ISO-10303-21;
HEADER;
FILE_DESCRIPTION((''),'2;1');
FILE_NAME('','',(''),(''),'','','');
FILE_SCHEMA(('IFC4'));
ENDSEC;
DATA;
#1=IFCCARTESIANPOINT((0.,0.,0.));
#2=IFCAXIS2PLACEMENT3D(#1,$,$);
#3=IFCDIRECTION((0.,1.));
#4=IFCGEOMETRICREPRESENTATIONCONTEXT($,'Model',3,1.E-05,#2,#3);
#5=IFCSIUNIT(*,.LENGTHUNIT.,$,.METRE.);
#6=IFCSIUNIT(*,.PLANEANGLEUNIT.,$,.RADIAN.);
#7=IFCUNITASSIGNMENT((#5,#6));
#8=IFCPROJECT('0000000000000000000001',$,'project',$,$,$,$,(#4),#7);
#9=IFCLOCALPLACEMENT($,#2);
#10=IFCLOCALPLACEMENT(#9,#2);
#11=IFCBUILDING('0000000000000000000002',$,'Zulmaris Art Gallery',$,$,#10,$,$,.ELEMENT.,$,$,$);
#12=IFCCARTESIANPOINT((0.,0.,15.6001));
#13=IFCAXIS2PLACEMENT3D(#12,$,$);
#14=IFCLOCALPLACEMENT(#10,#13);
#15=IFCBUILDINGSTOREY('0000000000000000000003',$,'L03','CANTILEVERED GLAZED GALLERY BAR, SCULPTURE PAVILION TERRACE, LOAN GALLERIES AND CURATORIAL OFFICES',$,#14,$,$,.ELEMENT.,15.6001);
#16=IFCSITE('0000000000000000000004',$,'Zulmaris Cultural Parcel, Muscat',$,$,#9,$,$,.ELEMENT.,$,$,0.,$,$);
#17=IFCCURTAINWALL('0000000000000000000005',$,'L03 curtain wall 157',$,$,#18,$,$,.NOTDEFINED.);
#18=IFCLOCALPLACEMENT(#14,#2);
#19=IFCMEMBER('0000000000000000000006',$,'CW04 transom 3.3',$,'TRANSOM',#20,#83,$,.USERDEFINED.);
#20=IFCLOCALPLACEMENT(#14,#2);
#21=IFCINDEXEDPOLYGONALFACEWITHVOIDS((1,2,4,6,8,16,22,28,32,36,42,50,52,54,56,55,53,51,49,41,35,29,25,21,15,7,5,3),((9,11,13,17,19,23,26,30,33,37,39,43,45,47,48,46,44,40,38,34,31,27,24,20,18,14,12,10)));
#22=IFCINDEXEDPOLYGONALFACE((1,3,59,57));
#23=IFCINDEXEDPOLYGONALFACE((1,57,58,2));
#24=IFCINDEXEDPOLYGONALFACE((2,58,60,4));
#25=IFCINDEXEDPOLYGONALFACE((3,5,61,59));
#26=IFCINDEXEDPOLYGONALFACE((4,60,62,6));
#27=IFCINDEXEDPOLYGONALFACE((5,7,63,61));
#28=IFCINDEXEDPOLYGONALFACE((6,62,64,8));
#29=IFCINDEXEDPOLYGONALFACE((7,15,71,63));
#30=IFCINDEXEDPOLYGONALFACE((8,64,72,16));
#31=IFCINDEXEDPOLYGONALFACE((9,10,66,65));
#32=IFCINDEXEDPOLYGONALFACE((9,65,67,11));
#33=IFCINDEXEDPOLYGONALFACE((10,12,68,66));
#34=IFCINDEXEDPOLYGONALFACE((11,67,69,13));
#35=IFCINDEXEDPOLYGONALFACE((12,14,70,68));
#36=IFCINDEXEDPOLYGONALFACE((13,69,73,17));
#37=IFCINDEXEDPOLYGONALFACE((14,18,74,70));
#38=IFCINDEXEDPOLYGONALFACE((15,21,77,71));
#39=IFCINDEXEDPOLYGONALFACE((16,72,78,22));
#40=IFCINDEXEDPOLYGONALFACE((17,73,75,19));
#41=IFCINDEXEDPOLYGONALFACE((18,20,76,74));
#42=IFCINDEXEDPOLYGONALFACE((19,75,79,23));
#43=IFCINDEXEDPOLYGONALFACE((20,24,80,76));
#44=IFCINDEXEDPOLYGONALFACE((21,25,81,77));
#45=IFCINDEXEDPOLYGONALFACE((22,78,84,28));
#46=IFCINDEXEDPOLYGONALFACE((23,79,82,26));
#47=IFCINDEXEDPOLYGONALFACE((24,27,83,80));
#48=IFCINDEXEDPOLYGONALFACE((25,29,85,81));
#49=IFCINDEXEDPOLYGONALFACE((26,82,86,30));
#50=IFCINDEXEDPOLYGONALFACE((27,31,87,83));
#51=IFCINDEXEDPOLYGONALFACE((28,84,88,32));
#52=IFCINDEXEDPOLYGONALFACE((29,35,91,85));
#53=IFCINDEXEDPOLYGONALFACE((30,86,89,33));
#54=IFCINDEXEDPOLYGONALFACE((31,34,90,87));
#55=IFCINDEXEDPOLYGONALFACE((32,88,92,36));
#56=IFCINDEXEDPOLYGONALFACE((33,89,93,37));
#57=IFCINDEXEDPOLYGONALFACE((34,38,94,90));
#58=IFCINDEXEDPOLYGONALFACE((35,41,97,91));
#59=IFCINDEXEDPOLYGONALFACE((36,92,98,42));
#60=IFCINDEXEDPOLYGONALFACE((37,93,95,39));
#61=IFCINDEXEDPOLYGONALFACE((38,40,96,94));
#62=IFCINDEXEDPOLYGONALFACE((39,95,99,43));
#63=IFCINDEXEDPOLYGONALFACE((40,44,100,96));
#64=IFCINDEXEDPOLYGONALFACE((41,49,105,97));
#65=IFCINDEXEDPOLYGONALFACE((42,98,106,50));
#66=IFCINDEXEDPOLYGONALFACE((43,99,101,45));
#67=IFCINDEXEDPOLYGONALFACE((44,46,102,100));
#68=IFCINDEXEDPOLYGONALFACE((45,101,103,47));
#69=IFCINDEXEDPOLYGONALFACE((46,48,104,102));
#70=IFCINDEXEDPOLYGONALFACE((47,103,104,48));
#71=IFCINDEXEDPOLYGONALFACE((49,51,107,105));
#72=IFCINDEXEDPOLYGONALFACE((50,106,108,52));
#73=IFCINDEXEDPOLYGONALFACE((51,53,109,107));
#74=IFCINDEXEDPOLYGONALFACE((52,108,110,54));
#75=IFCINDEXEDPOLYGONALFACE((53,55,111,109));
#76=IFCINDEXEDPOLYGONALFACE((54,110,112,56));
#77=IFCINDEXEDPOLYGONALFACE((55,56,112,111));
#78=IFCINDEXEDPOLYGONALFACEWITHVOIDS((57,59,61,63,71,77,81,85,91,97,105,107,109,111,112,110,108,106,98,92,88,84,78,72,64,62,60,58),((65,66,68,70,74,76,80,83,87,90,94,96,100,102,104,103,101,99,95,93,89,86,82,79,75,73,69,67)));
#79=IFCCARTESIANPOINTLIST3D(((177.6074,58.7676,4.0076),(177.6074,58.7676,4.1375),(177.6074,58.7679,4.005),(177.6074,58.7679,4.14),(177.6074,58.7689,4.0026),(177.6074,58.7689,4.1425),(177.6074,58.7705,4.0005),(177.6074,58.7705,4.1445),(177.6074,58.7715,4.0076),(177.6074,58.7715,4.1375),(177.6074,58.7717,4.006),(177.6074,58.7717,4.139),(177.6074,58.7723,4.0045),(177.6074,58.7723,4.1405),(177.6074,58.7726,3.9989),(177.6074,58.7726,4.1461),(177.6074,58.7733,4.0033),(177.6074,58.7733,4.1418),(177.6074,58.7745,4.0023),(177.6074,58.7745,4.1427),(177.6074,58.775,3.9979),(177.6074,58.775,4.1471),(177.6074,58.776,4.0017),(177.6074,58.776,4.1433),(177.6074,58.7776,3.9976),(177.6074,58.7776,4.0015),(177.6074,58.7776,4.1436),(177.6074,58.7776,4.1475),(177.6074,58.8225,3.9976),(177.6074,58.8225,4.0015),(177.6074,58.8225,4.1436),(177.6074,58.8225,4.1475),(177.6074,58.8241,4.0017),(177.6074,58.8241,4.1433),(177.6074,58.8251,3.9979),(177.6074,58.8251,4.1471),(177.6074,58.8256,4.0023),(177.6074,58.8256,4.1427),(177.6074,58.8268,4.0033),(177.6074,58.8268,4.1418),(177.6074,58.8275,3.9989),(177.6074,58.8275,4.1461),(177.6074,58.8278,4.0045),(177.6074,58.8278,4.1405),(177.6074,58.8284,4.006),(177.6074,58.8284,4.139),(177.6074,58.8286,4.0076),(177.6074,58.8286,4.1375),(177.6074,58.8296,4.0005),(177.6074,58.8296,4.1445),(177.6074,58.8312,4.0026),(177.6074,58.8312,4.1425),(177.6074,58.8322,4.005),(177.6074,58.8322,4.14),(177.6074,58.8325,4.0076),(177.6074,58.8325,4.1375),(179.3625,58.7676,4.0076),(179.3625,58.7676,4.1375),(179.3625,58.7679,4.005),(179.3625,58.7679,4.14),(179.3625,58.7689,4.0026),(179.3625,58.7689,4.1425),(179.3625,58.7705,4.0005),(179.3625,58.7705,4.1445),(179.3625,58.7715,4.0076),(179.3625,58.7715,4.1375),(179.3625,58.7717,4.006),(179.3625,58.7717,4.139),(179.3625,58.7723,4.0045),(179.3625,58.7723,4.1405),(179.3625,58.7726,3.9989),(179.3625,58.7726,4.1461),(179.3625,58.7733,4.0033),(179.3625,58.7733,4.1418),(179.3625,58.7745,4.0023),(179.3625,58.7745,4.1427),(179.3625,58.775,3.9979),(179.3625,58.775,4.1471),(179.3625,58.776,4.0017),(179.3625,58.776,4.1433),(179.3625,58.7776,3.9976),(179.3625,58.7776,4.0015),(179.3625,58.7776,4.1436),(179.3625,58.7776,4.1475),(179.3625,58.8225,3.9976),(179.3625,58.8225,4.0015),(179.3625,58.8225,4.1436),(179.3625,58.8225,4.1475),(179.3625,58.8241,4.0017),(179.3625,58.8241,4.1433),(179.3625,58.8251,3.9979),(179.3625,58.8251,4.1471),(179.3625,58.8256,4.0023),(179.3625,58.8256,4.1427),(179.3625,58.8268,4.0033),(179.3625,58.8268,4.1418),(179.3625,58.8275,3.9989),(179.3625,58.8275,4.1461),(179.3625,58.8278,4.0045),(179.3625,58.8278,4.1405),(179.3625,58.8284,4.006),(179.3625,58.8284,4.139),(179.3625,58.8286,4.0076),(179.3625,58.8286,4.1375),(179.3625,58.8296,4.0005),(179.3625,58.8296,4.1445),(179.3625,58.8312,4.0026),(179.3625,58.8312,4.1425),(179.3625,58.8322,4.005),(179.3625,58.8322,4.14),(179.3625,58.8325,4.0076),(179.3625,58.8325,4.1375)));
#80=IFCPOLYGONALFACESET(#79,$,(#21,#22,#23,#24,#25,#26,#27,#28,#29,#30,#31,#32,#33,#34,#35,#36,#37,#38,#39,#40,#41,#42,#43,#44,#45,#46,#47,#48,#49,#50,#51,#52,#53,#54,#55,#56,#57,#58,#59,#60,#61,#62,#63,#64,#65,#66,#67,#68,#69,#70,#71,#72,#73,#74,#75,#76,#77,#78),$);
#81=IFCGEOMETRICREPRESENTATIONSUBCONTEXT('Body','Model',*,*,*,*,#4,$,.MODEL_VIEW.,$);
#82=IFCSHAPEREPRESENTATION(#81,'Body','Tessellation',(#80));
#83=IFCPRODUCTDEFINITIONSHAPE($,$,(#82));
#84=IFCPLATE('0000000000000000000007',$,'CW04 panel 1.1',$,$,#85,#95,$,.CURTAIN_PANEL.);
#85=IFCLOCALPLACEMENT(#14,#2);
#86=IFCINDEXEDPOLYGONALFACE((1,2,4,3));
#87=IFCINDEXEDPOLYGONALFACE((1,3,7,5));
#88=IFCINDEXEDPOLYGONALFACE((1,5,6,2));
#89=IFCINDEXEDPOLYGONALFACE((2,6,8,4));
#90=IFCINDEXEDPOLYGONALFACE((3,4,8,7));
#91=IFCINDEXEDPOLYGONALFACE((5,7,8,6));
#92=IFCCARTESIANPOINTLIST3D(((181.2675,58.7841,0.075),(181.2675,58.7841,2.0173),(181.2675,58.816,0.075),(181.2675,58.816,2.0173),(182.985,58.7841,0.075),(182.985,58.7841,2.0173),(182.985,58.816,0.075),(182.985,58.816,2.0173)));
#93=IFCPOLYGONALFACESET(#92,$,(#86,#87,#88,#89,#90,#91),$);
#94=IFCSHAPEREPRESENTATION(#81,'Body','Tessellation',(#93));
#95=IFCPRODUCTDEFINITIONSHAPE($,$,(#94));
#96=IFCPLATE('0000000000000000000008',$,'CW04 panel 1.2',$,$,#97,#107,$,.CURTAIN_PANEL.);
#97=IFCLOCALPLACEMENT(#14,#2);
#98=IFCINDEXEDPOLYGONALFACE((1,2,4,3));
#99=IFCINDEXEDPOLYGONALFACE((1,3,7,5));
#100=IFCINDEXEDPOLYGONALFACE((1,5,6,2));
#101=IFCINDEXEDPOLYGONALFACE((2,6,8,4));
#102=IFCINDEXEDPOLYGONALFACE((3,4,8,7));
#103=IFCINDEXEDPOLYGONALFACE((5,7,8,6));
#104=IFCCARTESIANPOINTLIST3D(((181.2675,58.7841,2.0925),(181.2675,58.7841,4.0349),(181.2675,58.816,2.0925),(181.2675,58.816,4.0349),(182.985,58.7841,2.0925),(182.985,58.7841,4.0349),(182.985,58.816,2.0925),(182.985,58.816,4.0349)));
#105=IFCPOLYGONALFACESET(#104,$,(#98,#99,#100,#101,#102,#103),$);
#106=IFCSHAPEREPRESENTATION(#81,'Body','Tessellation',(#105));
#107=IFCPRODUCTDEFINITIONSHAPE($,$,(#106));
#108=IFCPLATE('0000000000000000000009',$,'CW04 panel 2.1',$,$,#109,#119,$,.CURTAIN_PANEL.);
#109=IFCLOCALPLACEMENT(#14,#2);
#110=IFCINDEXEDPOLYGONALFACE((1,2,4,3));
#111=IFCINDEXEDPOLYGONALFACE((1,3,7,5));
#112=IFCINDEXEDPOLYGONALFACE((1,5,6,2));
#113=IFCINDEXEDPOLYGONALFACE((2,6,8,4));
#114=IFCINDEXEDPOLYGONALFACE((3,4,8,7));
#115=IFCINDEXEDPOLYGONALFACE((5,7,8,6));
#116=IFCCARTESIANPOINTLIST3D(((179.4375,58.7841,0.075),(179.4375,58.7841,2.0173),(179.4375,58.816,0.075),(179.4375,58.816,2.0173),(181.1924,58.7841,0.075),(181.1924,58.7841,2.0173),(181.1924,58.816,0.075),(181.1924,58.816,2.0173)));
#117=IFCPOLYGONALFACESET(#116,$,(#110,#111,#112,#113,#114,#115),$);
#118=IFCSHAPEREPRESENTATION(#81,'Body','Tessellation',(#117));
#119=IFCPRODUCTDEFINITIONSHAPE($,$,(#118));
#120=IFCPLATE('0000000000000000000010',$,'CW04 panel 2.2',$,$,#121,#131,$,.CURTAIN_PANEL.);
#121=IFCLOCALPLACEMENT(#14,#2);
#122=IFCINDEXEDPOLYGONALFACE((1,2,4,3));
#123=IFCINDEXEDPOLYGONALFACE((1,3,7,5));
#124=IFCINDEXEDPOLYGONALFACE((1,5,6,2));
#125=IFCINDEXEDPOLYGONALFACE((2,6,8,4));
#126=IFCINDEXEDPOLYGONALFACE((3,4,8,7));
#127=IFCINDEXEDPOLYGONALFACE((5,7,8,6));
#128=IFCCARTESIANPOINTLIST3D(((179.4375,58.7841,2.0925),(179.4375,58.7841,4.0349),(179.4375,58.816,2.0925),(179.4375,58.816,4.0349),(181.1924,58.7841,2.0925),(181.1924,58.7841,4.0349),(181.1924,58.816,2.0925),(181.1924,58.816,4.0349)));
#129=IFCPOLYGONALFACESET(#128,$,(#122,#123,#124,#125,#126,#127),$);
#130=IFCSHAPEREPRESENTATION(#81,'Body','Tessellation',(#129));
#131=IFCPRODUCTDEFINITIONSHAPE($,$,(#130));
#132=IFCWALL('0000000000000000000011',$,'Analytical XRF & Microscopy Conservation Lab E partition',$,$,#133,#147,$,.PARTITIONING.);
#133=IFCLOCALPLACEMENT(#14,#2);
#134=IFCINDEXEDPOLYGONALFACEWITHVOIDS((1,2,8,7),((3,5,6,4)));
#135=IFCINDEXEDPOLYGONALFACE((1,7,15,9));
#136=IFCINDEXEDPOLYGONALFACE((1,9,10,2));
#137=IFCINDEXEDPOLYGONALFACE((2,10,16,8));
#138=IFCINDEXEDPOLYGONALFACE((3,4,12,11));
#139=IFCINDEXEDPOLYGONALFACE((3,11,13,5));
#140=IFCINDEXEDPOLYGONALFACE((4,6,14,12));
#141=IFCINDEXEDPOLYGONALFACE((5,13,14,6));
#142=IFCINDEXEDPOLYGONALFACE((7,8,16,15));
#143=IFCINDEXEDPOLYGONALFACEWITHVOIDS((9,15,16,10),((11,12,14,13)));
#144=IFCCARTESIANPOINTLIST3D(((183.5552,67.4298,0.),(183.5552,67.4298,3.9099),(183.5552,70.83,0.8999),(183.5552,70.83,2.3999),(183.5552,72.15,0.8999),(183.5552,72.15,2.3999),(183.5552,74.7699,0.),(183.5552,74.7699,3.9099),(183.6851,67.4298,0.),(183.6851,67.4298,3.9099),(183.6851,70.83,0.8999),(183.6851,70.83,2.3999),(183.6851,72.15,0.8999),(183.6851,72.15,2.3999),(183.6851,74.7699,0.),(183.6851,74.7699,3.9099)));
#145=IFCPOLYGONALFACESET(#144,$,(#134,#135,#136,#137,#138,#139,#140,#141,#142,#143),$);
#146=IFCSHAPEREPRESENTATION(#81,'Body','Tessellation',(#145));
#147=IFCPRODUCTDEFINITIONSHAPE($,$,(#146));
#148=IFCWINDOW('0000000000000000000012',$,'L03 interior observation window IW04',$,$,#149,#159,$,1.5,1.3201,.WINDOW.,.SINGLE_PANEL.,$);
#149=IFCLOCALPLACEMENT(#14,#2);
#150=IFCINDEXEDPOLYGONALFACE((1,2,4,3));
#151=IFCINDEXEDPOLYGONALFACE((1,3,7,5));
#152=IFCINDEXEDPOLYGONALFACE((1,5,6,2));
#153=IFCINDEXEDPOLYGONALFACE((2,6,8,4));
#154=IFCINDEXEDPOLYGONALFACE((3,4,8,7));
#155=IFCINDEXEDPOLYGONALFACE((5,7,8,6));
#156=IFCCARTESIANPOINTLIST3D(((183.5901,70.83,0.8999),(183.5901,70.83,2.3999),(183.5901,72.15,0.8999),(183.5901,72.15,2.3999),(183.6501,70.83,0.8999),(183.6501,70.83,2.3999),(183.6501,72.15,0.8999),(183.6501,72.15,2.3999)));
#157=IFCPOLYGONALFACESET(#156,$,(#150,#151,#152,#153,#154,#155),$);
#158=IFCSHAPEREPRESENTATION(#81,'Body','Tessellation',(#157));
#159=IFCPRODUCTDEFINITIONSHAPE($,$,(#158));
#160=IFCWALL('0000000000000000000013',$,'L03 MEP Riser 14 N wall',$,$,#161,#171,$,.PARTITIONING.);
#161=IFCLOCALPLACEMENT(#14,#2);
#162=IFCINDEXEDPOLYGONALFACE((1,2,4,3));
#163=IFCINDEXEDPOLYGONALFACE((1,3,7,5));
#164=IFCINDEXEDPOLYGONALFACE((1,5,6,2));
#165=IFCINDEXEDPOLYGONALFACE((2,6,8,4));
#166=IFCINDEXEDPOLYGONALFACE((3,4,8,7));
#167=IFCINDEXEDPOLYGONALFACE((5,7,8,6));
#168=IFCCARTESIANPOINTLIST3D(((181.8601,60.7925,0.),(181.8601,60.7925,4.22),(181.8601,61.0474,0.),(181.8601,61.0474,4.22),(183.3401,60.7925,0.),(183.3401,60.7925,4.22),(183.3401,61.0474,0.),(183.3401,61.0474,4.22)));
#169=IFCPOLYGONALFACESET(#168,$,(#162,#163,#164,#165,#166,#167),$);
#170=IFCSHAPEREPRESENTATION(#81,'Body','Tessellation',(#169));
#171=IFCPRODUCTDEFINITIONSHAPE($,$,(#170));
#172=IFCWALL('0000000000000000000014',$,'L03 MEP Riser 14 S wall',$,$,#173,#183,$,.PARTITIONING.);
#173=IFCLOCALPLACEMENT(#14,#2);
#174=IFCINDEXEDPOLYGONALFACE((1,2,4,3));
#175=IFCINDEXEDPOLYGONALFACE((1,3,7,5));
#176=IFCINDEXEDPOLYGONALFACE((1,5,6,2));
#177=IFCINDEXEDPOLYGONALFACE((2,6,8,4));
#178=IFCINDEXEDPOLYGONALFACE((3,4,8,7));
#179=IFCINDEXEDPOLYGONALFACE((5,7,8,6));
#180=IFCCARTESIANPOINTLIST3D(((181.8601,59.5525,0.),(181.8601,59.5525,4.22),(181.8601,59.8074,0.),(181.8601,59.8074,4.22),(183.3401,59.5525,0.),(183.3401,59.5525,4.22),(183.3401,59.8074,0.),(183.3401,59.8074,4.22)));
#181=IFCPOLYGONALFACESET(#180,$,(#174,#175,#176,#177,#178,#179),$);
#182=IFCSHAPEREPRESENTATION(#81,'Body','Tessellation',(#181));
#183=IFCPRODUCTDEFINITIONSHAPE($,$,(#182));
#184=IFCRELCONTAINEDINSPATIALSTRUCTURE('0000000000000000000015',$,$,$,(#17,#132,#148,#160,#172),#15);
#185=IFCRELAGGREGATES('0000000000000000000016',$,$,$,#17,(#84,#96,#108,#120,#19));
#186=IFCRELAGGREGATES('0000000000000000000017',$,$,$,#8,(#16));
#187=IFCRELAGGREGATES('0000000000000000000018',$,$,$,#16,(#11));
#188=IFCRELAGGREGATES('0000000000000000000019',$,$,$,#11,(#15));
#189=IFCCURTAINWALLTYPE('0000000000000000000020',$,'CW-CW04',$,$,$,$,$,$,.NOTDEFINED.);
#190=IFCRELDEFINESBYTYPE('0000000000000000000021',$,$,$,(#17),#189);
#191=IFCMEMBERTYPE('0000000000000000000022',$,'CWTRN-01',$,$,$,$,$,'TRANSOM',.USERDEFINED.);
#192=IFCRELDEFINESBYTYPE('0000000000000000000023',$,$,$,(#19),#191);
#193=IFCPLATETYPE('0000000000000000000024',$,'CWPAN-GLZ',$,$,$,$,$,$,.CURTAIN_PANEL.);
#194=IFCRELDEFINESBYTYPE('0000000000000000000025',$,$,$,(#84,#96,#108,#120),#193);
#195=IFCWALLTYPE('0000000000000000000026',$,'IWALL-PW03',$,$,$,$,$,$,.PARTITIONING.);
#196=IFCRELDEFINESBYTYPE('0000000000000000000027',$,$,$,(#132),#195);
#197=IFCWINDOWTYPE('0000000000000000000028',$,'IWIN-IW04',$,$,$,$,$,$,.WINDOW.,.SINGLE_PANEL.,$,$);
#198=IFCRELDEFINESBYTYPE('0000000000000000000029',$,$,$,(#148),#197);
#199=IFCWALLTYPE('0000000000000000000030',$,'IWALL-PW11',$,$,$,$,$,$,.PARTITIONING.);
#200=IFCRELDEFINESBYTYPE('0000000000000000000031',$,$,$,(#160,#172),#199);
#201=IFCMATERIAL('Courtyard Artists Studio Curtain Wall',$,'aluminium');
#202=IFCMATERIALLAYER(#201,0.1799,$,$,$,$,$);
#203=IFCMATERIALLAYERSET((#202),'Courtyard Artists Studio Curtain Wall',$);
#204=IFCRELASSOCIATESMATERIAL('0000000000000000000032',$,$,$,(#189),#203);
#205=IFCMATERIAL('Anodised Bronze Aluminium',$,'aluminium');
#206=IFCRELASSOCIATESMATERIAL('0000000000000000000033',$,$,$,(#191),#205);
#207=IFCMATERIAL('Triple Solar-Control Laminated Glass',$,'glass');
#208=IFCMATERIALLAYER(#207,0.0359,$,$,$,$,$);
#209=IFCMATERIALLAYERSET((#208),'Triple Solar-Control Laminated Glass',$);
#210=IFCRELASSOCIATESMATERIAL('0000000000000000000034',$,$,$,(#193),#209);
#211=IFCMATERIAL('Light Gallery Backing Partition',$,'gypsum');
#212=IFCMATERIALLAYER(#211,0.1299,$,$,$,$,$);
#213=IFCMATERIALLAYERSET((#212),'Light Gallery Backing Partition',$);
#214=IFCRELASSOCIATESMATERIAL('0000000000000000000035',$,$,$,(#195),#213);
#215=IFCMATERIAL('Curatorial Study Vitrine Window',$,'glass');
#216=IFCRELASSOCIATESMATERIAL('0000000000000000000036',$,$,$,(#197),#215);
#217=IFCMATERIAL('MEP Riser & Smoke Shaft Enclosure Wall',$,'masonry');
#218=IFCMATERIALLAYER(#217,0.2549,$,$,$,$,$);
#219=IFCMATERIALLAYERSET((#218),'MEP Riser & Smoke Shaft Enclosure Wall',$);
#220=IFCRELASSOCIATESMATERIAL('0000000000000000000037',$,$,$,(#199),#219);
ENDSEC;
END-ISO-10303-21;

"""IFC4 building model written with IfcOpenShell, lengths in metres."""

from ifc_helpers import new_model, si_unit, direction, frame, frame_2d, origin, origin_2d, place, context, subcontext, project, spatial, rectangle, hollow_rectangle, extrude, material, layer, layer_set, material_profile, profile_set, type_object, element, fill, aggregate, save


model = new_model("IFC4")

# Units and contexts
model_context = context("Model", 3, precision=1e-05, world=origin(), true_north=direction((0.0, 1.0)))
body_context = subcontext(model_context, "Body", "Model", "MODEL_VIEW")
ifc_project = project(units=[si_unit("LENGTHUNIT", "METRE"), si_unit("PLANEANGLEUNIT", "RADIAN")], contexts=[model_context])

# Site, building, storey
site_placement = place(None, origin())
site = spatial("IfcSite", under=ifc_project, at=site_placement, Name="Zulmaris Cultural Parcel, Muscat", CompositionType="ELEMENT", RefElevation=0.0)
building_placement = place(site_placement, origin())
building = spatial("IfcBuilding", under=site, at=building_placement, Name="Zulmaris Art Gallery", CompositionType="ELEMENT")
storey_placement = place(building_placement, frame((0.0, 0.0, 15.6001)))
storey = spatial("IfcBuildingStorey", under=building, at=storey_placement, Name="L03", Description="CANTILEVERED GLAZED GALLERY BAR, SCULPTURE PAVILION TERRACE, LOAN GALLERIES AND CURATORIAL OFFICES", CompositionType="ELEMENT", Elevation=15.6001)

# Curtain wall, member, plates
ifc_material_1 = material(Name="Courtyard Artists Studio Curtain Wall", Category="aluminium")
ifc_layer_1 = layer(ifc_material_1, 0.1799)
ifc_layer_set_1 = layer_set([ifc_layer_1], Name="Courtyard Artists Studio Curtain Wall")
curtain_wall_type = type_object("IfcCurtainWallType", Name="CW-CW04", PredefinedType="NOTDEFINED", material=ifc_layer_set_1)
curtain_wall_placement = place(storey_placement, origin())
curtain_wall = element("IfcCurtainWall", 1, at=curtain_wall_placement, inside=storey, type_object=curtain_wall_type, Name="L03 curtain wall 157", PredefinedType="NOTDEFINED")
ifc_material_2 = material(Name="Anodised Bronze Aluminium", Category="aluminium")
ifc_material_profile_1 = material_profile(ifc_material_2, hollow_rectangle(XDim=0.0649, YDim=0.1499, WallThickness=0.0039, InnerFilletRadius=0.0061, OuterFilletRadius=0.01, at=origin_2d()), Name="ALU 65x150x4")
ifc_profile_set_1 = profile_set([ifc_material_profile_1], Name="Anodised Bronze Aluminium")
member_type_1 = type_object("IfcMemberType", Name="CWTRN-01", ElementType="TRANSOM", PredefinedType="USERDEFINED", material=ifc_profile_set_1)
member_1_placement = place(storey_placement, frame((179.3625, 58.8, 4.0725), z_axis=(-1.0, 0.0, 0.0), x_axis=(0.0, -1.0, 0.0)))
member_1 = element("IfcMember", 2, at=member_1_placement, type_object=member_type_1, Name="CW04 transom 3.3", ObjectType="TRANSOM", PredefinedType="USERDEFINED", context=body_context, shape_type="SweptSolid", body=[
    extrude(hollow_rectangle(XDim=0.0649, YDim=0.1499, WallThickness=0.0039, InnerFilletRadius=0.0061, OuterFilletRadius=0.01, at=origin_2d()), origin(), (0.0, 0.0, 1.0), 1.7551),
])
ifc_material_3 = material(Name="Triple Solar-Control Laminated Glass", Category="glass")
ifc_layer_2 = layer(ifc_material_3, 0.0359)
ifc_layer_set_2 = layer_set([ifc_layer_2], Name="Triple Solar-Control Laminated Glass")
plate_type = type_object("IfcPlateType", Name="CWPAN-GLZ", PredefinedType="CURTAIN_PANEL", material=ifc_layer_set_2)
plate_1_placement = place(storey_placement, frame((182.1262, 58.8, 0.075), z_axis=(0.0, 0.0, 1.0), x_axis=(-1.0, 0.0, 0.0)))
plate_1 = element("IfcPlate", 3, at=plate_1_placement, type_object=plate_type, Name="CW04 panel 1.1", PredefinedType="CURTAIN_PANEL", context=body_context, shape_type="SweptSolid", body=[
    extrude(rectangle(XDim=1.7175, YDim=0.032, at=origin_2d()), origin(), (0.0, 0.0, 1.0), 1.9424),
])
plate_2_placement = place(storey_placement, frame((182.1262, 58.8, 2.0925), z_axis=(0.0, 0.0, 1.0), x_axis=(-1.0, 0.0, 0.0)))
plate_2 = element("IfcPlate", 4, at=plate_2_placement, type_object=plate_type, Name="CW04 panel 1.2", PredefinedType="CURTAIN_PANEL", context=body_context, shape_type="SweptSolid", body=[
    extrude(rectangle(XDim=1.7175, YDim=0.032, at=origin_2d()), origin(), (0.0, 0.0, 1.0), 1.9424),
])
plate_3_placement = place(storey_placement, frame((180.3149, 58.8, 0.075), z_axis=(0.0, 0.0, 1.0), x_axis=(-1.0, 0.0, 0.0)))
plate_3 = element("IfcPlate", 5, at=plate_3_placement, type_object=plate_type, Name="CW04 panel 2.1", PredefinedType="CURTAIN_PANEL", context=body_context, shape_type="SweptSolid", body=[
    extrude(rectangle(XDim=1.7549, YDim=0.032, at=origin_2d()), origin(), (0.0, 0.0, 1.0), 1.9424),
])
plate_4_placement = place(storey_placement, frame((180.3149, 58.8, 2.0925), z_axis=(0.0, 0.0, 1.0), x_axis=(-1.0, 0.0, 0.0)))
plate_4 = element("IfcPlate", 6, at=plate_4_placement, type_object=plate_type, Name="CW04 panel 2.2", PredefinedType="CURTAIN_PANEL", context=body_context, shape_type="SweptSolid", body=[
    extrude(rectangle(XDim=1.7549, YDim=0.032, at=origin_2d()), origin(), (0.0, 0.0, 1.0), 1.9424),
])
aggregate(curtain_wall, [plate_1, plate_2, plate_3, plate_4, member_1])

# Wall, opening, window
ifc_material_4 = material(Name="Light Gallery Backing Partition", Category="gypsum")
ifc_layer_3 = layer(ifc_material_4, 0.1299)
ifc_layer_set_3 = layer_set([ifc_layer_3], Name="Light Gallery Backing Partition")
wall_type_1 = type_object("IfcWallType", Name="IWALL-PW03", PredefinedType="PARTITIONING", material=ifc_layer_set_3)
wall_1_placement = place(storey_placement, frame((183.6201, 67.4299, 0.0), z_axis=(0.0, 0.0, 1.0), x_axis=(0.0, 1.0, 0.0)))
wall_1 = element("IfcWall", 7, at=wall_1_placement, inside=storey, type_object=wall_type_1, Name="Analytical XRF & Microscopy Conservation Lab E partition", PredefinedType="PARTITIONING", context=body_context, shape_type="SweptSolid", body=[
    extrude(rectangle(XDim=7.3401, YDim=0.1299, at=frame_2d((3.6699, 0.0))), origin(), (0.0, 0.0, 1.0), 3.9099),
])
opening_1_placement = place(wall_1_placement, frame((3.3999, 0.0, 0.8999)))
opening_1 = element("IfcOpeningElement", 8, at=opening_1_placement, cuts=wall_1, PredefinedType="OPENING", context=body_context, shape_type="SweptSolid", body=[
    extrude(rectangle(XDim=1.3201, YDim=1.5, at=frame_2d((0.6602, 0.75))), frame((0.0, 0.075, 0.0), z_axis=(0.0, -1.0, 0.0), x_axis=(1.0, 0.0, 0.0)), (0.0, 0.0, 1.0), 0.1499),
])
ifc_material_5 = material(Name="Curatorial Study Vitrine Window", Category="glass")
window_type = type_object("IfcWindowType", Name="IWIN-IW04", PartitioningType="SINGLE_PANEL", PredefinedType="WINDOW", material=ifc_material_5)
window_placement = place(opening_1_placement, origin())
window = element("IfcWindow", 9, at=window_placement, inside=storey, type_object=window_type, Name="L03 interior observation window IW04", OverallHeight=1.5, OverallWidth=1.3201, PartitioningType="SINGLE_PANEL", PredefinedType="WINDOW", context=body_context, shape_type="SweptSolid", body=[
    extrude(rectangle(XDim=1.3201, YDim=1.5, at=frame_2d((0.6602, 0.75))), frame((0.0, 0.03, 0.0), z_axis=(0.0, -1.0, 0.0), x_axis=(1.0, 0.0, 0.0)), (0.0, 0.0, 1.0), 0.0601),
])
fill(opening_1, window)

# Walls
ifc_material_6 = material(Name="MEP Riser & Smoke Shaft Enclosure Wall", Category="masonry")
ifc_layer_4 = layer(ifc_material_6, 0.2549)
ifc_layer_set_4 = layer_set([ifc_layer_4], Name="MEP Riser & Smoke Shaft Enclosure Wall")
wall_type_2 = type_object("IfcWallType", Name="IWALL-PW11", PredefinedType="PARTITIONING", material=ifc_layer_set_4)
for number, where, z_axis, x_axis, name in (
    (10, (181.8601, 60.9199, 0.0), (0.0, 0.0, 1.0), (1.0, 0.0, 0.0), "L03 MEP Riser 14 N wall"),
    (11, (181.8601, 59.6799, 0.0), (0.0, 0.0, 1.0), (1.0, 0.0, 0.0), "L03 MEP Riser 14 S wall"),
):
    element("IfcWall", number, at=place(storey_placement, frame(where, z_axis=z_axis, x_axis=x_axis)), inside=storey, type_object=wall_type_2, Name=name, PredefinedType="PARTITIONING", context=body_context, shape_type="SweptSolid", body=[
        extrude(rectangle(XDim=1.48, YDim=0.2549, at=frame_2d((0.74, 0.0))), origin(), (0.0, 0.0, 1.0), 4.22),
    ])

save(model, "model.ifc")
